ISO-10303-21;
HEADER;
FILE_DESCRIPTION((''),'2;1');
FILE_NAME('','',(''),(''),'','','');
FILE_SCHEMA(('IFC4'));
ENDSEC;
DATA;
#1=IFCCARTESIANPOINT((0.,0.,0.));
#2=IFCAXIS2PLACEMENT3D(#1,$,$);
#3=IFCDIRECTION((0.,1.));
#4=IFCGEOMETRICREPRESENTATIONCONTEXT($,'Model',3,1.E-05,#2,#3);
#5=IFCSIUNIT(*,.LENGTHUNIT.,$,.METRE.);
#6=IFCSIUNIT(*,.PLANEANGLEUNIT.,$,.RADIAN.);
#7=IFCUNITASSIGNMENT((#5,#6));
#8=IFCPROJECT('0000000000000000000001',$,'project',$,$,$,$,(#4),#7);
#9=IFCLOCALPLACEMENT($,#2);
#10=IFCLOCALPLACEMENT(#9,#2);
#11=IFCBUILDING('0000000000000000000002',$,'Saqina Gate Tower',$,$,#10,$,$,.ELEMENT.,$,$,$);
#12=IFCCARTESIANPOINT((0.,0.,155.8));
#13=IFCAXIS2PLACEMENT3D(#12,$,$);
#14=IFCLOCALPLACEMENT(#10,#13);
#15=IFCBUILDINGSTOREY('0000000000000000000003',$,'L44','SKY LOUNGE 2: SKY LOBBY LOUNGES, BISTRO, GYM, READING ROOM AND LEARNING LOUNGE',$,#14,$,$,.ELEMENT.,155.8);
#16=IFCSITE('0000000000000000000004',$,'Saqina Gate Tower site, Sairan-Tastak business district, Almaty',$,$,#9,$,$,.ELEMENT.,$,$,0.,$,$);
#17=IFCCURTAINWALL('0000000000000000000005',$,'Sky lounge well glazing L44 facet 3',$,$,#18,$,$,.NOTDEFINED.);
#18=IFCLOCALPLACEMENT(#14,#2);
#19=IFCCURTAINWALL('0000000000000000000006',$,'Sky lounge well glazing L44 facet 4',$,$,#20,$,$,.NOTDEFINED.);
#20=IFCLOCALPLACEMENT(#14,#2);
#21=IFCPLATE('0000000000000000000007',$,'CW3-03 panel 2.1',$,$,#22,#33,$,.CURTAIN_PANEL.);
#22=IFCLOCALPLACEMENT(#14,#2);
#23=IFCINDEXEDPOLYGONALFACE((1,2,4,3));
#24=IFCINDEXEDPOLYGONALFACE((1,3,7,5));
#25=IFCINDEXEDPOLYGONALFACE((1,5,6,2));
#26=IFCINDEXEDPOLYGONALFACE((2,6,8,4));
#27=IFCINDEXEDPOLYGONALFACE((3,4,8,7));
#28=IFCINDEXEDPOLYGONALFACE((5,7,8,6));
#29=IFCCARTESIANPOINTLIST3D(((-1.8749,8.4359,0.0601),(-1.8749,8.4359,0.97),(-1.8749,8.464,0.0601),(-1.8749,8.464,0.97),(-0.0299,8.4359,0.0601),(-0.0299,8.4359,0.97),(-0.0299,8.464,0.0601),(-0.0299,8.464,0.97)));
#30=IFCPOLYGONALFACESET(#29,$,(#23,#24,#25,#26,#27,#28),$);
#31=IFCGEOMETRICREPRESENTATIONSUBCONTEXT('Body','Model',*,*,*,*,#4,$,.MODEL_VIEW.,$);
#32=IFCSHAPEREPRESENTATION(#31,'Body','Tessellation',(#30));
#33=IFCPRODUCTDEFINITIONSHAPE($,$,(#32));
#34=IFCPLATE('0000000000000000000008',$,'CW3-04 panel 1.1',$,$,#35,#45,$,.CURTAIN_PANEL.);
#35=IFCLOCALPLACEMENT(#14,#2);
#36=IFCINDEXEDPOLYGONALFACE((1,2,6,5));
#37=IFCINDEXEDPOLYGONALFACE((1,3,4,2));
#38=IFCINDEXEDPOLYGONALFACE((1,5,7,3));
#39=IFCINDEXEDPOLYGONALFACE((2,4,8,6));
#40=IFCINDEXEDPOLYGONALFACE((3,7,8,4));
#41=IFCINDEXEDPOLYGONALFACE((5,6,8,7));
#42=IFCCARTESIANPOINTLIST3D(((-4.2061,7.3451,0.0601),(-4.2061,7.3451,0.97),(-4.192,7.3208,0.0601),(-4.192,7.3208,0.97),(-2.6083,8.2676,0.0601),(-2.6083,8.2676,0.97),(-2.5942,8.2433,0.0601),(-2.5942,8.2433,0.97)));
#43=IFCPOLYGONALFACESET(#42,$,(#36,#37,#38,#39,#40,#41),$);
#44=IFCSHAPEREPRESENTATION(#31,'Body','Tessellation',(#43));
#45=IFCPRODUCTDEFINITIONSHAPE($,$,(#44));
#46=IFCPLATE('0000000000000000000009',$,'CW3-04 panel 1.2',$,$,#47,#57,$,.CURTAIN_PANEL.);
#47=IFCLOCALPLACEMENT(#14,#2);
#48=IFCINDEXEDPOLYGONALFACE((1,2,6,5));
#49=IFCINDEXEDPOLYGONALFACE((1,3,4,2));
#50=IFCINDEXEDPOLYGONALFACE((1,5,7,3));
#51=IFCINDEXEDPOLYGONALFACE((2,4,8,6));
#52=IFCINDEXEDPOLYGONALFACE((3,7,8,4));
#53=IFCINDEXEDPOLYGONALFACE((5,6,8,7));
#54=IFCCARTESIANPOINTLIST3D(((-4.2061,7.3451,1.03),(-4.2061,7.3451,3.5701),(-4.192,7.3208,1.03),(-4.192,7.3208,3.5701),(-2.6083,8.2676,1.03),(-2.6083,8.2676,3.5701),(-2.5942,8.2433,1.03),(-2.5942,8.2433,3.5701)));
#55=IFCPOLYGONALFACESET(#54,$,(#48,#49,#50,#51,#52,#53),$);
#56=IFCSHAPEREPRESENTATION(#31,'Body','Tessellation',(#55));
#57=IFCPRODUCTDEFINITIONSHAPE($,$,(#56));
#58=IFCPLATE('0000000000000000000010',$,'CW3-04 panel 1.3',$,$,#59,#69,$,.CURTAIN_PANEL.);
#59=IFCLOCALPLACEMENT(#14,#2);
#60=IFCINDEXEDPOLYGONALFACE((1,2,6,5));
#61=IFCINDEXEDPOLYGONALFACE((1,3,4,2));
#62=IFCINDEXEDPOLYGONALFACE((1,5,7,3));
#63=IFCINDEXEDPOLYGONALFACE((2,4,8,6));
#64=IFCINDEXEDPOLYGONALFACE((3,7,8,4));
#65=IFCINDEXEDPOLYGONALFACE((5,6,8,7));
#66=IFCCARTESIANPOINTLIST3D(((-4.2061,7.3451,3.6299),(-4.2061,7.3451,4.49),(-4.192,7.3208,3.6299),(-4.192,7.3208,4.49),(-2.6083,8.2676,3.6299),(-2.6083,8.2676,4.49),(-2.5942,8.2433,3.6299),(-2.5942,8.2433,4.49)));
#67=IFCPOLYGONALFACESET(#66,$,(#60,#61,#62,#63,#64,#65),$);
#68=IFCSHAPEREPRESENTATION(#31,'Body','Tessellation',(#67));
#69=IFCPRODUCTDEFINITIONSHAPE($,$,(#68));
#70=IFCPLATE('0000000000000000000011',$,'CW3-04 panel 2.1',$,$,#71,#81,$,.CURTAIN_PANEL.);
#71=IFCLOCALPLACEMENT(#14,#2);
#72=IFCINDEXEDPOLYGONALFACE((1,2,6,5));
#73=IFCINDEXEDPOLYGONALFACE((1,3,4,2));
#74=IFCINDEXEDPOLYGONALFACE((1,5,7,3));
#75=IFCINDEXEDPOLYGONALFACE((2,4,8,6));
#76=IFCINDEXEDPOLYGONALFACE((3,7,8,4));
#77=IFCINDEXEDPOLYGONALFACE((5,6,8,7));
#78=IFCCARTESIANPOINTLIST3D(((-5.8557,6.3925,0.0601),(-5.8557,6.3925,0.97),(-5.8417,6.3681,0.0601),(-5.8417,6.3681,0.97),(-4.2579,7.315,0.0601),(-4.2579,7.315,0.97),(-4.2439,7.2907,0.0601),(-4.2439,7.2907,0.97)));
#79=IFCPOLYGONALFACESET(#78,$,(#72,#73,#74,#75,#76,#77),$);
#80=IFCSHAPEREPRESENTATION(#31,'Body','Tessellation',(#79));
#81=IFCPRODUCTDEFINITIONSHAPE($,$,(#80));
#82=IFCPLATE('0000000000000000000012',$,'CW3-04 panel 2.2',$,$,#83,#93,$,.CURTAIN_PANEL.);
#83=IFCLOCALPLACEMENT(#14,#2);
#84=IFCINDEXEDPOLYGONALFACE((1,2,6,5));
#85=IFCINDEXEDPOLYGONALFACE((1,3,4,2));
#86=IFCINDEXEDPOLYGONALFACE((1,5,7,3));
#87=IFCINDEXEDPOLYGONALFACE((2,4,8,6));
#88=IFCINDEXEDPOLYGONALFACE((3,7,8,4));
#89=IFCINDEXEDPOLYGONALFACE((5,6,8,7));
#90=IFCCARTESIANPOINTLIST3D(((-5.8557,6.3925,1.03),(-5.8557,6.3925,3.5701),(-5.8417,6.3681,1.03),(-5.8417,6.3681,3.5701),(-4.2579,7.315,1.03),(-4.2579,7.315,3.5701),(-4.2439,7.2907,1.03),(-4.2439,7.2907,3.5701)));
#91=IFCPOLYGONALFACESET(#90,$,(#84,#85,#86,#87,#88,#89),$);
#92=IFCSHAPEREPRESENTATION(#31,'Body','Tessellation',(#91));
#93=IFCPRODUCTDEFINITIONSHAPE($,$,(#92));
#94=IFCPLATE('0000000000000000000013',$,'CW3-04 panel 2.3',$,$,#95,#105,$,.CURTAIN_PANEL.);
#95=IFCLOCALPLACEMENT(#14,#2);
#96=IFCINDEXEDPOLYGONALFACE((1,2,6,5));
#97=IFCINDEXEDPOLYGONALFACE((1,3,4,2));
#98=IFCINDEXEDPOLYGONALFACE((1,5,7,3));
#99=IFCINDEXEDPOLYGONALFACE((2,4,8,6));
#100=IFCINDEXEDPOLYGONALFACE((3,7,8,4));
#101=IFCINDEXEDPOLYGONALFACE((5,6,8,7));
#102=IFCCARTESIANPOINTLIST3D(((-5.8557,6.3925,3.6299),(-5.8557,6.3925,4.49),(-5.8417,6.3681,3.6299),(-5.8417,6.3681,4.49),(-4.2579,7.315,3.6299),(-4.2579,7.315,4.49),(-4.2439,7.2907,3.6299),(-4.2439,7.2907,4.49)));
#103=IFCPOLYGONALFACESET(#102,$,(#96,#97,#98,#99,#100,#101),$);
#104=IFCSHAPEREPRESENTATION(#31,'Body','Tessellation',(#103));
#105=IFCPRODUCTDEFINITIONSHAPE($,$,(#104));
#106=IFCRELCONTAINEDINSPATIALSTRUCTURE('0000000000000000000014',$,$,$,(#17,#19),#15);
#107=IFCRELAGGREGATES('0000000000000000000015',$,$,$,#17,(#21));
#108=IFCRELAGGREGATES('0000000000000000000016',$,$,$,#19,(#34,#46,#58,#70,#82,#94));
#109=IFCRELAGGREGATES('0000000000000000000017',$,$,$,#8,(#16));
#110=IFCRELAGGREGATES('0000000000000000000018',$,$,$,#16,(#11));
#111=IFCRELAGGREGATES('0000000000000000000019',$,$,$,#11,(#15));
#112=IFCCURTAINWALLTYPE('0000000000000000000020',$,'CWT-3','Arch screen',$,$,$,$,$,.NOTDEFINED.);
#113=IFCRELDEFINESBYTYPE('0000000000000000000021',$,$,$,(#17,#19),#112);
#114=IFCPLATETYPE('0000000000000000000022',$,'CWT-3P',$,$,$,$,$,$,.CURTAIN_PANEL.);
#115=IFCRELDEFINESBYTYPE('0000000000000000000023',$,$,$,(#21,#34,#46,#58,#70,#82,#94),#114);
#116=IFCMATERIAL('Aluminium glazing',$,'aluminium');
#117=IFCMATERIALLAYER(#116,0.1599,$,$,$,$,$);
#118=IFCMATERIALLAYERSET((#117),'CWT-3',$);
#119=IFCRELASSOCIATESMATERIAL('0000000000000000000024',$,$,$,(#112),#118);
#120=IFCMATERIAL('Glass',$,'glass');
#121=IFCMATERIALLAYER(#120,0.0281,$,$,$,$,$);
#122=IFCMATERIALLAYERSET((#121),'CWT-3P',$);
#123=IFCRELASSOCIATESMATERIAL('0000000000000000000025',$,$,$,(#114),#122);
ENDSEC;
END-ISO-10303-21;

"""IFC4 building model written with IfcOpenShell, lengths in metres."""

from ifc_helpers import new_model, si_unit, direction, frame, origin, origin_2d, place, context, subcontext, project, spatial, rectangle, extrude, material, layer, layer_set, type_object, element, aggregate, save


model = new_model("IFC4")

# Units and contexts
model_context = context("Model", 3, precision=1e-05, world=origin(), true_north=direction((0.0, 1.0)))
body_context = subcontext(model_context, "Body", "Model", "MODEL_VIEW")
ifc_project = project(units=[si_unit("LENGTHUNIT", "METRE"), si_unit("PLANEANGLEUNIT", "RADIAN")], contexts=[model_context])

# Site, building, storey
site_placement = place(None, origin())
site = spatial("IfcSite", under=ifc_project, at=site_placement, Name="Saqina Gate Tower site, Sairan-Tastak business district, Almaty", CompositionType="ELEMENT", RefElevation=0.0)
building_placement = place(site_placement, origin())
building = spatial("IfcBuilding", under=site, at=building_placement, Name="Saqina Gate Tower", CompositionType="ELEMENT")
storey_placement = place(building_placement, frame((0.0, 0.0, 155.8)))
storey = spatial("IfcBuildingStorey", under=building, at=storey_placement, Name="L44", Description="SKY LOUNGE 2: SKY LOBBY LOUNGES, BISTRO, GYM, READING ROOM AND LEARNING LOUNGE", CompositionType="ELEMENT", Elevation=155.8)

# Curtain wall
ifc_material_1 = material(Name="Aluminium glazing", Category="aluminium")
ifc_layer_1 = layer(ifc_material_1, 0.1599)
ifc_layer_set_1 = layer_set([ifc_layer_1], Name="CWT-3")
curtain_wall_type = type_object("IfcCurtainWallType", Name="CWT-3", Description="Arch screen", PredefinedType="NOTDEFINED", material=ifc_layer_set_1)
curtain_wall_1_placement = place(storey_placement, origin())
curtain_wall_1 = element("IfcCurtainWall", 1, at=curtain_wall_1_placement, inside=storey, type_object=curtain_wall_type, Name="Sky lounge well glazing L44 facet 3", PredefinedType="NOTDEFINED")

# Curtain wall
curtain_wall_2_placement = place(storey_placement, origin())
curtain_wall_2 = element("IfcCurtainWall", 2, at=curtain_wall_2_placement, inside=storey, type_object=curtain_wall_type, Name="Sky lounge well glazing L44 facet 4", PredefinedType="NOTDEFINED")

# Plates
ifc_material_2 = material(Name="Glass", Category="glass")
ifc_layer_2 = layer(ifc_material_2, 0.0281)
ifc_layer_set_2 = layer_set([ifc_layer_2], Name="CWT-3P")
plate_type = type_object("IfcPlateType", Name="CWT-3P", PredefinedType="CURTAIN_PANEL", material=ifc_layer_set_2)
plate_1_placement = place(storey_placement, frame((-0.9524, 8.45, 0.0601), z_axis=(0.0, 0.0, 1.0), x_axis=(-1.0, 0.0, 0.0)))
plate_1 = element("IfcPlate", 3, at=plate_1_placement, type_object=plate_type, Name="CW3-03 panel 2.1", PredefinedType="CURTAIN_PANEL", context=body_context, shape_type="SweptSolid", body=[
    extrude(rectangle(XDim=1.845, YDim=0.0281, at=origin_2d()), origin(), (0.0, 0.0, 1.0), 0.9099),
])
aggregate(curtain_wall_1, [plate_1])
plate_2_placement = place(storey_placement, frame((-3.4001, 7.7942, 0.0601), z_axis=(0.0, 0.0, 1.0), x_axis=(-0.866018, -0.500013, 0.0)))
plate_2 = element("IfcPlate", 4, at=plate_2_placement, type_object=plate_type, Name="CW3-04 panel 1.1", PredefinedType="CURTAIN_PANEL", context=body_context, shape_type="SweptSolid", body=[
    extrude(rectangle(XDim=1.845, YDim=0.0281, at=origin_2d()), origin(), (0.0, 0.0, 1.0), 0.9099),
])
plate_3_placement = place(storey_placement, frame((-3.4001, 7.7942, 1.03), z_axis=(0.0, 0.0, 1.0), x_axis=(-0.866018, -0.500013, 0.0)))
plate_3 = element("IfcPlate", 5, at=plate_3_placement, type_object=plate_type, Name="CW3-04 panel 1.2", PredefinedType="CURTAIN_PANEL", context=body_context, shape_type="SweptSolid", body=[
    extrude(rectangle(XDim=1.845, YDim=0.0281, at=origin_2d()), origin(), (0.0, 0.0, 1.0), 2.54),
])
plate_4_placement = place(storey_placement, frame((-3.4001, 7.7942, 3.6299), z_axis=(0.0, 0.0, 1.0), x_axis=(-0.866018, -0.500013, 0.0)))
plate_4 = element("IfcPlate", 6, at=plate_4_placement, type_object=plate_type, Name="CW3-04 panel 1.3", PredefinedType="CURTAIN_PANEL", context=body_context, shape_type="SweptSolid", body=[
    extrude(rectangle(XDim=1.845, YDim=0.0281, at=origin_2d()), origin(), (0.0, 0.0, 1.0), 0.8601),
])
plate_5_placement = place(storey_placement, frame((-5.0498, 6.8416, 0.0601), z_axis=(0.0, 0.0, 1.0), x_axis=(-0.866018, -0.500013, 0.0)))
plate_5 = element("IfcPlate", 7, at=plate_5_placement, type_object=plate_type, Name="CW3-04 panel 2.1", PredefinedType="CURTAIN_PANEL", context=body_context, shape_type="SweptSolid", body=[
    extrude(rectangle(XDim=1.845, YDim=0.0281, at=origin_2d()), origin(), (0.0, 0.0, 1.0), 0.9099),
])
plate_6_placement = place(storey_placement, frame((-5.0498, 6.8416, 1.03), z_axis=(0.0, 0.0, 1.0), x_axis=(-0.866018, -0.500013, 0.0)))
plate_6 = element("IfcPlate", 8, at=plate_6_placement, type_object=plate_type, Name="CW3-04 panel 2.2", PredefinedType="CURTAIN_PANEL", context=body_context, shape_type="SweptSolid", body=[
    extrude(rectangle(XDim=1.845, YDim=0.0281, at=origin_2d()), origin(), (0.0, 0.0, 1.0), 2.54),
])
plate_7_placement = place(storey_placement, frame((-5.0498, 6.8416, 3.6299), z_axis=(0.0, 0.0, 1.0), x_axis=(-0.866018, -0.500013, 0.0)))
plate_7 = element("IfcPlate", 9, at=plate_7_placement, type_object=plate_type, Name="CW3-04 panel 2.3", PredefinedType="CURTAIN_PANEL", context=body_context, shape_type="SweptSolid", body=[
    extrude(rectangle(XDim=1.845, YDim=0.0281, at=origin_2d()), origin(), (0.0, 0.0, 1.0), 0.8601),
])
aggregate(curtain_wall_2, [plate_2, plate_3, plate_4, plate_5, plate_6, plate_7])

save(model, "model.ifc")
